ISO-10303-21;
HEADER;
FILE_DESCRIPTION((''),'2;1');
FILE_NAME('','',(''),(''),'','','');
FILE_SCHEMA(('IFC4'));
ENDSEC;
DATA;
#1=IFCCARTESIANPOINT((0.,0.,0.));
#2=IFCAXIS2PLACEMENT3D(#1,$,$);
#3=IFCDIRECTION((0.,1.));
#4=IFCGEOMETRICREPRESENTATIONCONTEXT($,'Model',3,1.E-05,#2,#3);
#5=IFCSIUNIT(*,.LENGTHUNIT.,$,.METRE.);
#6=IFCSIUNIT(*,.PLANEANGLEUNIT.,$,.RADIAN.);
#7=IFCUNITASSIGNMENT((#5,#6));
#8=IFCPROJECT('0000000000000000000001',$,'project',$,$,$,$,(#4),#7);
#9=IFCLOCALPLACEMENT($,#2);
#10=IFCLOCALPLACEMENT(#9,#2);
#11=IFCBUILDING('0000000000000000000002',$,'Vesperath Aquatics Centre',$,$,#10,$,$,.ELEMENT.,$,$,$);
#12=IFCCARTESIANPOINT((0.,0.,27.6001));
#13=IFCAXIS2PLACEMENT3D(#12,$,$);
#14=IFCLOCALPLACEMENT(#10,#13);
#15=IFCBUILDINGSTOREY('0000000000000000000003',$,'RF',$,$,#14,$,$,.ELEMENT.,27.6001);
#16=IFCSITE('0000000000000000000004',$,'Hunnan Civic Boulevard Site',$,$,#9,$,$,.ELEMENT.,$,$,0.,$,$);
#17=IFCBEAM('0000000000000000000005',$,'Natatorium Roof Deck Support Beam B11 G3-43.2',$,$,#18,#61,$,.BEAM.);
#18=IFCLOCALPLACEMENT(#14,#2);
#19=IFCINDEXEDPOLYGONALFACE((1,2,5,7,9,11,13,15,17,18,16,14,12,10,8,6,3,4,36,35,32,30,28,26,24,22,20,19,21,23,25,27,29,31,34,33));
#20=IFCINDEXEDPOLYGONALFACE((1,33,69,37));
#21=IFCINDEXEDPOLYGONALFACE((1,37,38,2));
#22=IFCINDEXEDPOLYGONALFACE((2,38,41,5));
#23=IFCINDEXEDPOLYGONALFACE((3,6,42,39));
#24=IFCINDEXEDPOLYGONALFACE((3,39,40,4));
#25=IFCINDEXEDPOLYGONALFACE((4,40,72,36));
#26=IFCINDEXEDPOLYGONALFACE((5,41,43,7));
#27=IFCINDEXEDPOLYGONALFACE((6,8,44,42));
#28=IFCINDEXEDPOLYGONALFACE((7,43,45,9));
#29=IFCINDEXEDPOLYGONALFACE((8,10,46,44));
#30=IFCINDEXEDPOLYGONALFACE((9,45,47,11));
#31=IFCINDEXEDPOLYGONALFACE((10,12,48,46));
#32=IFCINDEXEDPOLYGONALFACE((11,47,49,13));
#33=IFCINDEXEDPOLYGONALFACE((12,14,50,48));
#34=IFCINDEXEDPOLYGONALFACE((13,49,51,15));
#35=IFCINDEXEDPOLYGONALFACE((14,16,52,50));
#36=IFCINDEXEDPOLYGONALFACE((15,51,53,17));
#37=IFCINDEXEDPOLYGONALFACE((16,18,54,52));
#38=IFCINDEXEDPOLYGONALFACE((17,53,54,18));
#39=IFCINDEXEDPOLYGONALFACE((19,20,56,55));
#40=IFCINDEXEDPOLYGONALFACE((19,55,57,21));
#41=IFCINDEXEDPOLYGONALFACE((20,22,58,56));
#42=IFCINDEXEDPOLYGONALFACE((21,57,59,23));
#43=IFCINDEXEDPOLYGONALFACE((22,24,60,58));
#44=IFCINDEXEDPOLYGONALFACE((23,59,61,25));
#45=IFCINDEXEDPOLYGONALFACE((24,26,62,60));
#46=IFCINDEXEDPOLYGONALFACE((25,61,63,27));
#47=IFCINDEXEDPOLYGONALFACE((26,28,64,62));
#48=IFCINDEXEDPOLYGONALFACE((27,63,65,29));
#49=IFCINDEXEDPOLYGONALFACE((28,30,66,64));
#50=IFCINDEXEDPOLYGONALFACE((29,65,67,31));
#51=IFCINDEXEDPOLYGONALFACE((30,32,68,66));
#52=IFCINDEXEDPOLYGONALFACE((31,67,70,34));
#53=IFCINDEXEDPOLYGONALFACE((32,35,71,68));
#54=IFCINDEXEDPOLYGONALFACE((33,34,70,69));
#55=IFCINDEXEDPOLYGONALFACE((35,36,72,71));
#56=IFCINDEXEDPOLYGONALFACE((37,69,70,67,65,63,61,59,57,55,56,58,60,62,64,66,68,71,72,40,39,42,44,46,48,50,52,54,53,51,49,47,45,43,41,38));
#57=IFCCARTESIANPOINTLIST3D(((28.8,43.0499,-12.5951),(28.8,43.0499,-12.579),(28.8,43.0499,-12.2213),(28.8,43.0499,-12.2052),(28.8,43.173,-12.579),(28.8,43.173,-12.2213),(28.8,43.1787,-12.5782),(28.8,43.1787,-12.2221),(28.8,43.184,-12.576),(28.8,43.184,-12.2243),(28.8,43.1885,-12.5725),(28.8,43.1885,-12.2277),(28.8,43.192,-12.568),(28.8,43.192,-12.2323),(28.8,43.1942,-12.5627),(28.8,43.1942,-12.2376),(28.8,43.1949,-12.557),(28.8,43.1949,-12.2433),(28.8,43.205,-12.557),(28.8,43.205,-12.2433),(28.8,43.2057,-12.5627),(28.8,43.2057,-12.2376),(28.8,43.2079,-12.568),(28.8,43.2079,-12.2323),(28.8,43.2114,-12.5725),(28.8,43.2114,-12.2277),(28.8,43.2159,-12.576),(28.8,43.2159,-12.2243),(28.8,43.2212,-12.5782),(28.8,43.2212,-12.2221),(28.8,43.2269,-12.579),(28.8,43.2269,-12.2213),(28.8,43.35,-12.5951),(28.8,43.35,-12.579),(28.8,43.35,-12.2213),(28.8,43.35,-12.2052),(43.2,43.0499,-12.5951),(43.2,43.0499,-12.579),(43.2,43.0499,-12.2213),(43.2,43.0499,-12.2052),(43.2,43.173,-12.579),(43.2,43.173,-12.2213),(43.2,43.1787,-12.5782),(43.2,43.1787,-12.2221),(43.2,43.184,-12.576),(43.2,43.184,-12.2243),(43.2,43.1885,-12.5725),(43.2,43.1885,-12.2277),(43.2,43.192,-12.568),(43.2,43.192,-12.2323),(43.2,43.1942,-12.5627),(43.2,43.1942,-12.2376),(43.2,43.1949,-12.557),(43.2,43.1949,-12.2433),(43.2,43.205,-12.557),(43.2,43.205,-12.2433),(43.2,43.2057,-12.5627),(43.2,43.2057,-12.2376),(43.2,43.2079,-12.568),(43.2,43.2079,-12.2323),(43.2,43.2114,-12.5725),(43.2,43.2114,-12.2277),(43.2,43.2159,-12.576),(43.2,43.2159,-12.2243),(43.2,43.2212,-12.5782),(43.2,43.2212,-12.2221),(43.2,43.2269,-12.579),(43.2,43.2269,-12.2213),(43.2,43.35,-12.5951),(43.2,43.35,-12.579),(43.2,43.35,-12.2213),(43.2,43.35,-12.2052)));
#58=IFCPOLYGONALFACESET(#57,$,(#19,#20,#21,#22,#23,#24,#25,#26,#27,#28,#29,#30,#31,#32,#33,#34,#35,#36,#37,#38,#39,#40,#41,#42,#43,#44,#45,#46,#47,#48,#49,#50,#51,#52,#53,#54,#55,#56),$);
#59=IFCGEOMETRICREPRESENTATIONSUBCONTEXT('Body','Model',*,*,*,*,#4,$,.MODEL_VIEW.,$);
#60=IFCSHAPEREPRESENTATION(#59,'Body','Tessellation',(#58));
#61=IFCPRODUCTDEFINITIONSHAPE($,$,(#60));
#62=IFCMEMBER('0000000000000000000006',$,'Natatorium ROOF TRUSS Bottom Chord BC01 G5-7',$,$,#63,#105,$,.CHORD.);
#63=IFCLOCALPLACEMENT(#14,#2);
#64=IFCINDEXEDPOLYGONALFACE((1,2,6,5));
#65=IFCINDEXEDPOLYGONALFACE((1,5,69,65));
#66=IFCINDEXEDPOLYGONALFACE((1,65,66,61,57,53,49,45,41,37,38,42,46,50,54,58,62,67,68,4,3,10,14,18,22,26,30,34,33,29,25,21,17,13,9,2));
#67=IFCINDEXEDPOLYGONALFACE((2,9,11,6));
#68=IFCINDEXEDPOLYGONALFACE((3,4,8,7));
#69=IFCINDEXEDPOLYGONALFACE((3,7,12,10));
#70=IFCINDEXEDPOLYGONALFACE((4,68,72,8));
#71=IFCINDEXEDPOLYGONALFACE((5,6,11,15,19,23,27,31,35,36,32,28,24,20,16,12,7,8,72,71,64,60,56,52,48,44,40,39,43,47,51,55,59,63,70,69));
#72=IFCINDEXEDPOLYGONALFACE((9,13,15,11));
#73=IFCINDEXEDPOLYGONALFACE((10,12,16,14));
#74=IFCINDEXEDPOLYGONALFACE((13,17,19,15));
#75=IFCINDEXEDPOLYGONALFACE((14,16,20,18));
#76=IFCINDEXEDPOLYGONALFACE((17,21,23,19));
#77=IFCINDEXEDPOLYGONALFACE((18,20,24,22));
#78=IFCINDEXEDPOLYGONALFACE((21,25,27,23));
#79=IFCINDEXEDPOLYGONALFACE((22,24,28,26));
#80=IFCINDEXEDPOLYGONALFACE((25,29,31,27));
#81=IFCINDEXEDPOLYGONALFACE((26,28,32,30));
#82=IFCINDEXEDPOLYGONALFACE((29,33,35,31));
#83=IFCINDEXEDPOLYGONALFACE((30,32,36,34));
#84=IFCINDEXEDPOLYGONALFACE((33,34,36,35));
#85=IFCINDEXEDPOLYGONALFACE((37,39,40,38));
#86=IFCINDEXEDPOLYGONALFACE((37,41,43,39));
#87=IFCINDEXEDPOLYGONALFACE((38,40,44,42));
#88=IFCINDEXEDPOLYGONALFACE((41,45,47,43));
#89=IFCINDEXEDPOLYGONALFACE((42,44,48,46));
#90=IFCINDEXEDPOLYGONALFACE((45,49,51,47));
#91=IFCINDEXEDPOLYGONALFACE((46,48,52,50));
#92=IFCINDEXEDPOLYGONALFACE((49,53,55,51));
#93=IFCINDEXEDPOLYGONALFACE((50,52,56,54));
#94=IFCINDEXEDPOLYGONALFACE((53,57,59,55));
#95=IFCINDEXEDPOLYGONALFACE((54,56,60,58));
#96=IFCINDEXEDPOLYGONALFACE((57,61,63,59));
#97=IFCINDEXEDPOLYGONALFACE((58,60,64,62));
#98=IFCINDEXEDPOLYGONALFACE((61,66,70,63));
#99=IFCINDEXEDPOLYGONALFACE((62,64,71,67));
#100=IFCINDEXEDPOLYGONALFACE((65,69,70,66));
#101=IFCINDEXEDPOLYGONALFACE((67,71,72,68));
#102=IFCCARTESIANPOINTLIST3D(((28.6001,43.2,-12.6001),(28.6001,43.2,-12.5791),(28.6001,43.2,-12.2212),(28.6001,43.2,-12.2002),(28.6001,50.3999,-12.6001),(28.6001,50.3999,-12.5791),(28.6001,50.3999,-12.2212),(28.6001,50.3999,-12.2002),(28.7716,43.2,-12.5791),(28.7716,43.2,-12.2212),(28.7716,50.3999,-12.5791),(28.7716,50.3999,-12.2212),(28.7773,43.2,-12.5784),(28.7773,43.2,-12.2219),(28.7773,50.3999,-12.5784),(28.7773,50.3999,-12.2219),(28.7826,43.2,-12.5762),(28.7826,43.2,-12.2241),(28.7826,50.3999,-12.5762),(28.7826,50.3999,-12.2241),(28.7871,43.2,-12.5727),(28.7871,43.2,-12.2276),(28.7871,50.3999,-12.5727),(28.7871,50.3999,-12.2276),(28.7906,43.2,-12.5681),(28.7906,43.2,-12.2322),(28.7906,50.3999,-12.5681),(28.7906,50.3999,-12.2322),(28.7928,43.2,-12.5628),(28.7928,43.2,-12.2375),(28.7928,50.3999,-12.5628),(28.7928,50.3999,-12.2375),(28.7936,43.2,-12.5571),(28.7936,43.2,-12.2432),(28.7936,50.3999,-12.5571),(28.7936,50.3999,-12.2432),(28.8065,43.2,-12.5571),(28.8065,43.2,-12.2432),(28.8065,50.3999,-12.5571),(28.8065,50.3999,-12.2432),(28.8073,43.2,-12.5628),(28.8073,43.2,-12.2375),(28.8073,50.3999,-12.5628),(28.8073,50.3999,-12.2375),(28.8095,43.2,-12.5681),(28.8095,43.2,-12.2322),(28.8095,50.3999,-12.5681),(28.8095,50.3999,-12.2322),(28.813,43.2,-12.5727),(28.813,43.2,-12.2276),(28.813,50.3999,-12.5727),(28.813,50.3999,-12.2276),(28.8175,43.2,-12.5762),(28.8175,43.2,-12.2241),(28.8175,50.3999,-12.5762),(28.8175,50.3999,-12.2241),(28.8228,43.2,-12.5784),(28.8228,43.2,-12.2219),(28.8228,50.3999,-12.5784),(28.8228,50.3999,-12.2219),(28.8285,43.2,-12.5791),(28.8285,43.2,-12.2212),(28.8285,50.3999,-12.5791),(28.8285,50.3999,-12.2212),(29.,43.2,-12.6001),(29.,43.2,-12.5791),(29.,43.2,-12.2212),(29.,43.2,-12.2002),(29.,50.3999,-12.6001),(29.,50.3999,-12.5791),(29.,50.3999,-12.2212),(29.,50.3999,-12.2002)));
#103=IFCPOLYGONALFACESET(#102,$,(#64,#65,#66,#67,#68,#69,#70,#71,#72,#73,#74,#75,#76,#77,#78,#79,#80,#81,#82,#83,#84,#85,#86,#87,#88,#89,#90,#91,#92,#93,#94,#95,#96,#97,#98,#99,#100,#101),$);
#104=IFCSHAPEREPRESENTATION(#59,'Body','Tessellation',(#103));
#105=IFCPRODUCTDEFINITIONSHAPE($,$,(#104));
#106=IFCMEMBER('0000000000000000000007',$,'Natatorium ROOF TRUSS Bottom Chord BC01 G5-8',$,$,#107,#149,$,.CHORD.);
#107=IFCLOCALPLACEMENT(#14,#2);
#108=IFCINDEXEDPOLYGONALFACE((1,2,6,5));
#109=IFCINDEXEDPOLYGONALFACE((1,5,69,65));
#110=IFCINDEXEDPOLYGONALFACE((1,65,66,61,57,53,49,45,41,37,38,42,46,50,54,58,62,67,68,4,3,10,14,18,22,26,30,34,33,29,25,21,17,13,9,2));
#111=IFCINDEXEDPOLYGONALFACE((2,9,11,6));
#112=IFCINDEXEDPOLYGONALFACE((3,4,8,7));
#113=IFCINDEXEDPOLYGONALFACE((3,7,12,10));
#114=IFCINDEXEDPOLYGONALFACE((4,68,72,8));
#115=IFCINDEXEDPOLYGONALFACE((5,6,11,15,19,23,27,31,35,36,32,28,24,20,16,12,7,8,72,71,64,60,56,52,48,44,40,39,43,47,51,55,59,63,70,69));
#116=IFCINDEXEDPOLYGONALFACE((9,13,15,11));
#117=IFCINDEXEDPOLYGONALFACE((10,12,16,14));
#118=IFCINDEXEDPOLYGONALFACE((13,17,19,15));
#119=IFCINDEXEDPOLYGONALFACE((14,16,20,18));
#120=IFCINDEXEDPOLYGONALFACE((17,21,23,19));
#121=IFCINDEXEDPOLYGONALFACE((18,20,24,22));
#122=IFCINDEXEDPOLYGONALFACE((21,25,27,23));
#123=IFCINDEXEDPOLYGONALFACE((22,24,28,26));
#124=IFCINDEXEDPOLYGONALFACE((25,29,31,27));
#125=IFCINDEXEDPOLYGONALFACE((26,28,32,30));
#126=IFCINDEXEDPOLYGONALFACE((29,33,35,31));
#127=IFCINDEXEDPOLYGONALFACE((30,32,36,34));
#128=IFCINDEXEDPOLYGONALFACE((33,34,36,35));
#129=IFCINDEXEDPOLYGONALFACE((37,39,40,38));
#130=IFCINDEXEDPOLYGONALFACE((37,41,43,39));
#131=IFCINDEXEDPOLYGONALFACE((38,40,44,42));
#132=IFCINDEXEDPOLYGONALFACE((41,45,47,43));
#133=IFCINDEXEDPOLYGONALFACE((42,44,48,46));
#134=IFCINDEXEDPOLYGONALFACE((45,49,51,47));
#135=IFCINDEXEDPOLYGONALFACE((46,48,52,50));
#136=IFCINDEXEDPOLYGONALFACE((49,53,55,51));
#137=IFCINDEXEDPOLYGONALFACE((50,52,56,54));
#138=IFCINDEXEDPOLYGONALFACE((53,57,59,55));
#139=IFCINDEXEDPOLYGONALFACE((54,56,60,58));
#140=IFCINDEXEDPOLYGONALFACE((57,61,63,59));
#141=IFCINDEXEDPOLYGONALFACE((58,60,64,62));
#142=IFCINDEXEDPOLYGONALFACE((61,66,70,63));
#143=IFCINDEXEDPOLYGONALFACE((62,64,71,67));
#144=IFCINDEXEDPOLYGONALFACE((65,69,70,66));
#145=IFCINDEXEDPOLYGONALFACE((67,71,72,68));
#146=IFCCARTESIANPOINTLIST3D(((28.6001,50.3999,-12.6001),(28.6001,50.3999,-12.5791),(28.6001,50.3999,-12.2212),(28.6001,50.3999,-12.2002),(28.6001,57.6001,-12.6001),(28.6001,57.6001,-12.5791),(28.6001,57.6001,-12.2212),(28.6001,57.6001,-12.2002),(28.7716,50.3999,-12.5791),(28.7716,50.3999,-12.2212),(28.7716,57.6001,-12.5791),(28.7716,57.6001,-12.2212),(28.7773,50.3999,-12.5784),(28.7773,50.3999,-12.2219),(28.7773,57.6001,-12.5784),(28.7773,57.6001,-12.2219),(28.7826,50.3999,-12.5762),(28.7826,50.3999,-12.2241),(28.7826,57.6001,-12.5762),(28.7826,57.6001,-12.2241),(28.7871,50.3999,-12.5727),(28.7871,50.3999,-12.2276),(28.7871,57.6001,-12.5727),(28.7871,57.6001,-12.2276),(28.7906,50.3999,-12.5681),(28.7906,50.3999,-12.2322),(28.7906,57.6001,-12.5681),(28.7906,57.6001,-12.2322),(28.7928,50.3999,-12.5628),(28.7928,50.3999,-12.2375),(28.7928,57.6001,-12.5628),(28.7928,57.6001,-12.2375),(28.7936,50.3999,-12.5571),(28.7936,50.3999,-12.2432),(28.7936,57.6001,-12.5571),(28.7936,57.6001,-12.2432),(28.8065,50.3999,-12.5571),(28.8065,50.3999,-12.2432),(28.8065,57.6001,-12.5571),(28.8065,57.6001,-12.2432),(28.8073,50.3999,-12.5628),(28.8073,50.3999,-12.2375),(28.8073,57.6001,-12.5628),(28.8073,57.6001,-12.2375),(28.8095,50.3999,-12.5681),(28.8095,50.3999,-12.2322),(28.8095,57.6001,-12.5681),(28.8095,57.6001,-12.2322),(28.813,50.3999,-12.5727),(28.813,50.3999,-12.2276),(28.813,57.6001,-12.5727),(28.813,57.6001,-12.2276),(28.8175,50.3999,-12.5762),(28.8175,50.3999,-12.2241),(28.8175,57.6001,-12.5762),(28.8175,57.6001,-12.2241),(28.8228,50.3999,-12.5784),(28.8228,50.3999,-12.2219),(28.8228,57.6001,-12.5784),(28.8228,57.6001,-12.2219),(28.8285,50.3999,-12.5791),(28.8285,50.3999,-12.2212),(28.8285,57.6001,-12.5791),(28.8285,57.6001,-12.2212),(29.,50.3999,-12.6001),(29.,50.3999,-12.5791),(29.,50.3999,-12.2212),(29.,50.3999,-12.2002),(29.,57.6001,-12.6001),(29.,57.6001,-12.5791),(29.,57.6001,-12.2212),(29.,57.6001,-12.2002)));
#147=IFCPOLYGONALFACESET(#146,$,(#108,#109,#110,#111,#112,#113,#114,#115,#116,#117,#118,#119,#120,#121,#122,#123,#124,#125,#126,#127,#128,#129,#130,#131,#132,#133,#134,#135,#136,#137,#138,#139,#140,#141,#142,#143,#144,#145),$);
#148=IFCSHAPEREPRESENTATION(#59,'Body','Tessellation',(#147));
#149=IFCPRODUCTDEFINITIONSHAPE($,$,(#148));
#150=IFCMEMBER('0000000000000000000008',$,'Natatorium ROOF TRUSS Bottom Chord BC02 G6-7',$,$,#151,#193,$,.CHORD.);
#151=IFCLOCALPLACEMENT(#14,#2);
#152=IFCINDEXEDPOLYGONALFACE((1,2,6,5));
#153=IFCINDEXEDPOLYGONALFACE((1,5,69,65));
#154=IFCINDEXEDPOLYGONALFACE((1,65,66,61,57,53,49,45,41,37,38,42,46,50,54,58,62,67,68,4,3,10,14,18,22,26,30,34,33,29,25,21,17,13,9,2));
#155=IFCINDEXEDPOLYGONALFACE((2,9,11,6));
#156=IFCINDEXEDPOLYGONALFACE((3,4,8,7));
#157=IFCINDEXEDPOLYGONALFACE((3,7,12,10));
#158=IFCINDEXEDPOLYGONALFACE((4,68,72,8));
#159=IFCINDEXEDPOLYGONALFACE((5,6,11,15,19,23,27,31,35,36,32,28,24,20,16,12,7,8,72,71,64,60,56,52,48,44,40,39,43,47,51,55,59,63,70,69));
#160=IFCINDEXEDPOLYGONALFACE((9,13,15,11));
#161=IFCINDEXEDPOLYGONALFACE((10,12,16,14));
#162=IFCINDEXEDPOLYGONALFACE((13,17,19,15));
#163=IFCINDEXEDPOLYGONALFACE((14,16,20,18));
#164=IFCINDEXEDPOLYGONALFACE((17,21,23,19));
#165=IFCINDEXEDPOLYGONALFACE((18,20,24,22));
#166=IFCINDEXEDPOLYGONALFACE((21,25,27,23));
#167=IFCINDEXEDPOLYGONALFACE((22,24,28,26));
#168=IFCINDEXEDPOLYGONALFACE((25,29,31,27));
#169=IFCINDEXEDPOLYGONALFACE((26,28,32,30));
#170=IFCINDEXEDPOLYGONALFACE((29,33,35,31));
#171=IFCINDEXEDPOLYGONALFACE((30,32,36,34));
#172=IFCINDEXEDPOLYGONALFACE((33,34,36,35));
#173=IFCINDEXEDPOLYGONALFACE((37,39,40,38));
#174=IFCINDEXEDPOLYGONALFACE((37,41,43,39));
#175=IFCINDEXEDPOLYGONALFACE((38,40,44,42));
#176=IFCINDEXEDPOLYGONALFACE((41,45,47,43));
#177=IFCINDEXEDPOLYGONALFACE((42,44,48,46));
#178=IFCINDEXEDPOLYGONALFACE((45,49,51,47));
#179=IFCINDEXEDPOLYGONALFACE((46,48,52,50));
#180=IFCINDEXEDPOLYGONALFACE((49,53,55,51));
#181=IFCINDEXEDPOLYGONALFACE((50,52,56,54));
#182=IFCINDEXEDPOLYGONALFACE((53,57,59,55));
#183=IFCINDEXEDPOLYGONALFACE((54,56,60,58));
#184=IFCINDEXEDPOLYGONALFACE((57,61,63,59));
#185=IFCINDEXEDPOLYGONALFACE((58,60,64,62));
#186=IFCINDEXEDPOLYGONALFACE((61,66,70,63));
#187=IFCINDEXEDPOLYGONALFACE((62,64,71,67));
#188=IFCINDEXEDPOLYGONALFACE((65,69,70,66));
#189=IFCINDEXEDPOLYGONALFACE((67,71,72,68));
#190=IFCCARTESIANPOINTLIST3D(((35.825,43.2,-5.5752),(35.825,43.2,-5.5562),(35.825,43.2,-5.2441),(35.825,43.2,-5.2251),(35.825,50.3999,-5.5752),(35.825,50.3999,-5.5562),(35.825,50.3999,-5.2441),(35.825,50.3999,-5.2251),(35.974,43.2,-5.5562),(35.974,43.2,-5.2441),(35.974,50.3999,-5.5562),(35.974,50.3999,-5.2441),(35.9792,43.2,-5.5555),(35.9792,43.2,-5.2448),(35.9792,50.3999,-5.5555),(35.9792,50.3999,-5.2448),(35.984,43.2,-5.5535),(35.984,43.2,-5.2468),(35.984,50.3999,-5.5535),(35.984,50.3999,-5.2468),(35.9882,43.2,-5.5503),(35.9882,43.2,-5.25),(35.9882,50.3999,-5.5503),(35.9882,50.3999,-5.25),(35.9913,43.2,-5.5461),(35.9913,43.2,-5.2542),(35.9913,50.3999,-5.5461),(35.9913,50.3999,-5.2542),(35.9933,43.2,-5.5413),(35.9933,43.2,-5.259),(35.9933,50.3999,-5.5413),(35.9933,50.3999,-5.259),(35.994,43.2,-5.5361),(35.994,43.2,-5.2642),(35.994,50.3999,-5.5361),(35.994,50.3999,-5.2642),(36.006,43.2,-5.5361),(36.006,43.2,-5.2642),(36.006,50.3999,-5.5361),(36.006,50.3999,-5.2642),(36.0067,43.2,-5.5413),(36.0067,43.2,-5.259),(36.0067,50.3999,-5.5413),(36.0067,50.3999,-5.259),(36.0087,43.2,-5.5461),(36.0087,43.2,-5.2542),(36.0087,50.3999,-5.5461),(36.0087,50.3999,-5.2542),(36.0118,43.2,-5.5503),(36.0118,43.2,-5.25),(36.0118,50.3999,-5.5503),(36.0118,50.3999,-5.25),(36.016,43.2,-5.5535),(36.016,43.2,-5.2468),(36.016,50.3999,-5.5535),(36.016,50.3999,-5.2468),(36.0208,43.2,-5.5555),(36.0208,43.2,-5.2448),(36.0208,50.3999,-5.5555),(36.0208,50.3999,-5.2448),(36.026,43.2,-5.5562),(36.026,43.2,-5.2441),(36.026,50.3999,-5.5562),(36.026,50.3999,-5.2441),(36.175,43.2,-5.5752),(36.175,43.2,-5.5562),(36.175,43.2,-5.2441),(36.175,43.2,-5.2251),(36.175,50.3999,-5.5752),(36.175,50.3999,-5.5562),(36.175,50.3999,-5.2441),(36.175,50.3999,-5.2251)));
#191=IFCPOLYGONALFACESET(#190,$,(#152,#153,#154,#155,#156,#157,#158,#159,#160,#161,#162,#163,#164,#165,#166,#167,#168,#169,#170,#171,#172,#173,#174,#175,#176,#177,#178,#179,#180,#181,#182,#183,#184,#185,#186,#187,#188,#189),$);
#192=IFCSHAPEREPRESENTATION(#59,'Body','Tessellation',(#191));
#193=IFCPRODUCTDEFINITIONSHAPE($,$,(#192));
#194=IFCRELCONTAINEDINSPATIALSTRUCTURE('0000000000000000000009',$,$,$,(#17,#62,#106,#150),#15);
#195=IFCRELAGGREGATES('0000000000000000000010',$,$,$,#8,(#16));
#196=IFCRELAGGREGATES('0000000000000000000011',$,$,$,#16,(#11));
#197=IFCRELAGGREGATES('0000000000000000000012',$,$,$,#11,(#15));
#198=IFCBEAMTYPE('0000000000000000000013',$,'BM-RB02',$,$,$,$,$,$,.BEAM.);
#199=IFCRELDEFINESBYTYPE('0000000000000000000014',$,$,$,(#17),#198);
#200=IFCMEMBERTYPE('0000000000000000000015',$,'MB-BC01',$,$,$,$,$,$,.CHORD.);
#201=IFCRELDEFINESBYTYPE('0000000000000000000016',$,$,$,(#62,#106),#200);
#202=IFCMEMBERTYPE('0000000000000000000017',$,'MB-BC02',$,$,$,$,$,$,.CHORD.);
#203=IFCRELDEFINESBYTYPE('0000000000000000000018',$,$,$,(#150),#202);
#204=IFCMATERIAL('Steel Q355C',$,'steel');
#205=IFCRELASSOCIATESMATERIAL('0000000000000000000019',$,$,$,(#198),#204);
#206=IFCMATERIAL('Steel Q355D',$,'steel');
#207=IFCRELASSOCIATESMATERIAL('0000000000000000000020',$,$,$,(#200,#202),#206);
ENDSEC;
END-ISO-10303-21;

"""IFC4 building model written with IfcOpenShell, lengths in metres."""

from ifc_helpers import new_model, si_unit, direction, frame, origin, origin_2d, place, context, subcontext, project, spatial, i_section, extrude, material, material_profile, profile_set, type_object, element, save


model = new_model("IFC4")

# Units and contexts
model_context = context("Model", 3, precision=1e-05, world=origin(), true_north=direction((0.0, 1.0)))
body_context = subcontext(model_context, "Body", "Model", "MODEL_VIEW")
ifc_project = project(units=[si_unit("LENGTHUNIT", "METRE"), si_unit("PLANEANGLEUNIT", "RADIAN")], contexts=[model_context])

# Site, building, storey
site_placement = place(None, origin())
site = spatial("IfcSite", under=ifc_project, at=site_placement, Name="Hunnan Civic Boulevard Site", CompositionType="ELEMENT", RefElevation=0.0)
building_placement = place(site_placement, origin())
building = spatial("IfcBuilding", under=site, at=building_placement, Name="Vesperath Aquatics Centre", CompositionType="ELEMENT")
storey_placement = place(building_placement, frame((0.0, 0.0, 27.6001)))
storey = spatial("IfcBuildingStorey", under=building, at=storey_placement, Name="RF", CompositionType="ELEMENT", Elevation=27.6001)

# Beam
ifc_material_1 = material(Name="Steel Q355C", Category="steel")
ifc_material_profile_1 = material_profile(ifc_material_1, i_section(OverallWidth=0.3, OverallDepth=0.3899, WebThickness=0.01, FlangeThickness=0.0161, FilletRadius=0.022, at=origin_2d()), Name="HM 390x300x10x16")
ifc_profile_set_1 = profile_set([ifc_material_profile_1], Name="Steel Q355C")
beam_type = type_object("IfcBeamType", Name="BM-RB02", PredefinedType="BEAM", material=ifc_profile_set_1)
beam_placement = place(storey_placement, frame((28.8, 43.2, -12.4001), z_axis=(1.0, 0.0, 0.0), x_axis=(0.0, 1.0, 0.0)))
element("IfcBeam", 1, at=beam_placement, inside=storey, type_object=beam_type, Name="Natatorium Roof Deck Support Beam B11 G3-43.2", PredefinedType="BEAM", context=body_context, shape_type="SweptSolid", body=[
    extrude(i_section(OverallWidth=0.3, OverallDepth=0.3899, WebThickness=0.01, FlangeThickness=0.0161, FilletRadius=0.022, at=origin_2d()), origin(), (0.0, 0.0, 1.0), 14.3999),
])

# Members
ifc_material_2 = material(Name="Steel Q355D", Category="steel")
ifc_material_profile_2 = material_profile(ifc_material_2, i_section(OverallWidth=0.3999, OverallDepth=0.3999, WebThickness=0.0129, FlangeThickness=0.021, FilletRadius=0.022, at=origin_2d()), Name="HW 400x400x13x21")
ifc_profile_set_2 = profile_set([ifc_material_profile_2], Name="Steel Q355D")
member_type_1 = type_object("IfcMemberType", Name="MB-BC01", PredefinedType="CHORD", material=ifc_profile_set_2)
member_1_placement = place(storey_placement, frame((28.8, 43.2, -12.4001), z_axis=(0.0, 1.0, 0.0), x_axis=(-1.0, 0.0, 0.0)))
element("IfcMember", 2, at=member_1_placement, inside=storey, type_object=member_type_1, Name="Natatorium ROOF TRUSS Bottom Chord BC01 G5-7", PredefinedType="CHORD", context=body_context, shape_type="SweptSolid", body=[
    extrude(i_section(OverallWidth=0.3999, OverallDepth=0.3999, WebThickness=0.0129, FlangeThickness=0.021, FilletRadius=0.022, at=origin_2d()), origin(), (0.0, 0.0, 1.0), 7.2),
])
member_2_placement = place(storey_placement, frame((28.8, 50.3999, -12.4001), z_axis=(0.0, 1.0, 0.0), x_axis=(-1.0, 0.0, 0.0)))
element("IfcMember", 3, at=member_2_placement, inside=storey, type_object=member_type_1, Name="Natatorium ROOF TRUSS Bottom Chord BC01 G5-8", PredefinedType="CHORD", context=body_context, shape_type="SweptSolid", body=[
    extrude(i_section(OverallWidth=0.3999, OverallDepth=0.3999, WebThickness=0.0129, FlangeThickness=0.021, FilletRadius=0.022, at=origin_2d()), origin(), (0.0, 0.0, 1.0), 7.2002),
])
ifc_material_profile_3 = material_profile(ifc_material_2, i_section(OverallWidth=0.3501, OverallDepth=0.3501, WebThickness=0.012, FlangeThickness=0.019, FilletRadius=0.02, at=origin_2d()), Name="HW 350x350x12x19")
ifc_profile_set_3 = profile_set([ifc_material_profile_3], Name="Steel Q355D")
member_type_2 = type_object("IfcMemberType", Name="MB-BC02", PredefinedType="CHORD", material=ifc_profile_set_3)
member_3_placement = place(storey_placement, frame((36.0, 43.2, -5.4001), z_axis=(0.0, 1.0, 0.0), x_axis=(-1.0, 0.0, 0.0)))
element("IfcMember", 4, at=member_3_placement, inside=storey, type_object=member_type_2, Name="Natatorium ROOF TRUSS Bottom Chord BC02 G6-7", PredefinedType="CHORD", context=body_context, shape_type="SweptSolid", body=[
    extrude(i_section(OverallWidth=0.3501, OverallDepth=0.3501, WebThickness=0.012, FlangeThickness=0.019, FilletRadius=0.02, at=origin_2d()), origin(), (0.0, 0.0, 1.0), 7.2),
])

save(model, "model.ifc")
